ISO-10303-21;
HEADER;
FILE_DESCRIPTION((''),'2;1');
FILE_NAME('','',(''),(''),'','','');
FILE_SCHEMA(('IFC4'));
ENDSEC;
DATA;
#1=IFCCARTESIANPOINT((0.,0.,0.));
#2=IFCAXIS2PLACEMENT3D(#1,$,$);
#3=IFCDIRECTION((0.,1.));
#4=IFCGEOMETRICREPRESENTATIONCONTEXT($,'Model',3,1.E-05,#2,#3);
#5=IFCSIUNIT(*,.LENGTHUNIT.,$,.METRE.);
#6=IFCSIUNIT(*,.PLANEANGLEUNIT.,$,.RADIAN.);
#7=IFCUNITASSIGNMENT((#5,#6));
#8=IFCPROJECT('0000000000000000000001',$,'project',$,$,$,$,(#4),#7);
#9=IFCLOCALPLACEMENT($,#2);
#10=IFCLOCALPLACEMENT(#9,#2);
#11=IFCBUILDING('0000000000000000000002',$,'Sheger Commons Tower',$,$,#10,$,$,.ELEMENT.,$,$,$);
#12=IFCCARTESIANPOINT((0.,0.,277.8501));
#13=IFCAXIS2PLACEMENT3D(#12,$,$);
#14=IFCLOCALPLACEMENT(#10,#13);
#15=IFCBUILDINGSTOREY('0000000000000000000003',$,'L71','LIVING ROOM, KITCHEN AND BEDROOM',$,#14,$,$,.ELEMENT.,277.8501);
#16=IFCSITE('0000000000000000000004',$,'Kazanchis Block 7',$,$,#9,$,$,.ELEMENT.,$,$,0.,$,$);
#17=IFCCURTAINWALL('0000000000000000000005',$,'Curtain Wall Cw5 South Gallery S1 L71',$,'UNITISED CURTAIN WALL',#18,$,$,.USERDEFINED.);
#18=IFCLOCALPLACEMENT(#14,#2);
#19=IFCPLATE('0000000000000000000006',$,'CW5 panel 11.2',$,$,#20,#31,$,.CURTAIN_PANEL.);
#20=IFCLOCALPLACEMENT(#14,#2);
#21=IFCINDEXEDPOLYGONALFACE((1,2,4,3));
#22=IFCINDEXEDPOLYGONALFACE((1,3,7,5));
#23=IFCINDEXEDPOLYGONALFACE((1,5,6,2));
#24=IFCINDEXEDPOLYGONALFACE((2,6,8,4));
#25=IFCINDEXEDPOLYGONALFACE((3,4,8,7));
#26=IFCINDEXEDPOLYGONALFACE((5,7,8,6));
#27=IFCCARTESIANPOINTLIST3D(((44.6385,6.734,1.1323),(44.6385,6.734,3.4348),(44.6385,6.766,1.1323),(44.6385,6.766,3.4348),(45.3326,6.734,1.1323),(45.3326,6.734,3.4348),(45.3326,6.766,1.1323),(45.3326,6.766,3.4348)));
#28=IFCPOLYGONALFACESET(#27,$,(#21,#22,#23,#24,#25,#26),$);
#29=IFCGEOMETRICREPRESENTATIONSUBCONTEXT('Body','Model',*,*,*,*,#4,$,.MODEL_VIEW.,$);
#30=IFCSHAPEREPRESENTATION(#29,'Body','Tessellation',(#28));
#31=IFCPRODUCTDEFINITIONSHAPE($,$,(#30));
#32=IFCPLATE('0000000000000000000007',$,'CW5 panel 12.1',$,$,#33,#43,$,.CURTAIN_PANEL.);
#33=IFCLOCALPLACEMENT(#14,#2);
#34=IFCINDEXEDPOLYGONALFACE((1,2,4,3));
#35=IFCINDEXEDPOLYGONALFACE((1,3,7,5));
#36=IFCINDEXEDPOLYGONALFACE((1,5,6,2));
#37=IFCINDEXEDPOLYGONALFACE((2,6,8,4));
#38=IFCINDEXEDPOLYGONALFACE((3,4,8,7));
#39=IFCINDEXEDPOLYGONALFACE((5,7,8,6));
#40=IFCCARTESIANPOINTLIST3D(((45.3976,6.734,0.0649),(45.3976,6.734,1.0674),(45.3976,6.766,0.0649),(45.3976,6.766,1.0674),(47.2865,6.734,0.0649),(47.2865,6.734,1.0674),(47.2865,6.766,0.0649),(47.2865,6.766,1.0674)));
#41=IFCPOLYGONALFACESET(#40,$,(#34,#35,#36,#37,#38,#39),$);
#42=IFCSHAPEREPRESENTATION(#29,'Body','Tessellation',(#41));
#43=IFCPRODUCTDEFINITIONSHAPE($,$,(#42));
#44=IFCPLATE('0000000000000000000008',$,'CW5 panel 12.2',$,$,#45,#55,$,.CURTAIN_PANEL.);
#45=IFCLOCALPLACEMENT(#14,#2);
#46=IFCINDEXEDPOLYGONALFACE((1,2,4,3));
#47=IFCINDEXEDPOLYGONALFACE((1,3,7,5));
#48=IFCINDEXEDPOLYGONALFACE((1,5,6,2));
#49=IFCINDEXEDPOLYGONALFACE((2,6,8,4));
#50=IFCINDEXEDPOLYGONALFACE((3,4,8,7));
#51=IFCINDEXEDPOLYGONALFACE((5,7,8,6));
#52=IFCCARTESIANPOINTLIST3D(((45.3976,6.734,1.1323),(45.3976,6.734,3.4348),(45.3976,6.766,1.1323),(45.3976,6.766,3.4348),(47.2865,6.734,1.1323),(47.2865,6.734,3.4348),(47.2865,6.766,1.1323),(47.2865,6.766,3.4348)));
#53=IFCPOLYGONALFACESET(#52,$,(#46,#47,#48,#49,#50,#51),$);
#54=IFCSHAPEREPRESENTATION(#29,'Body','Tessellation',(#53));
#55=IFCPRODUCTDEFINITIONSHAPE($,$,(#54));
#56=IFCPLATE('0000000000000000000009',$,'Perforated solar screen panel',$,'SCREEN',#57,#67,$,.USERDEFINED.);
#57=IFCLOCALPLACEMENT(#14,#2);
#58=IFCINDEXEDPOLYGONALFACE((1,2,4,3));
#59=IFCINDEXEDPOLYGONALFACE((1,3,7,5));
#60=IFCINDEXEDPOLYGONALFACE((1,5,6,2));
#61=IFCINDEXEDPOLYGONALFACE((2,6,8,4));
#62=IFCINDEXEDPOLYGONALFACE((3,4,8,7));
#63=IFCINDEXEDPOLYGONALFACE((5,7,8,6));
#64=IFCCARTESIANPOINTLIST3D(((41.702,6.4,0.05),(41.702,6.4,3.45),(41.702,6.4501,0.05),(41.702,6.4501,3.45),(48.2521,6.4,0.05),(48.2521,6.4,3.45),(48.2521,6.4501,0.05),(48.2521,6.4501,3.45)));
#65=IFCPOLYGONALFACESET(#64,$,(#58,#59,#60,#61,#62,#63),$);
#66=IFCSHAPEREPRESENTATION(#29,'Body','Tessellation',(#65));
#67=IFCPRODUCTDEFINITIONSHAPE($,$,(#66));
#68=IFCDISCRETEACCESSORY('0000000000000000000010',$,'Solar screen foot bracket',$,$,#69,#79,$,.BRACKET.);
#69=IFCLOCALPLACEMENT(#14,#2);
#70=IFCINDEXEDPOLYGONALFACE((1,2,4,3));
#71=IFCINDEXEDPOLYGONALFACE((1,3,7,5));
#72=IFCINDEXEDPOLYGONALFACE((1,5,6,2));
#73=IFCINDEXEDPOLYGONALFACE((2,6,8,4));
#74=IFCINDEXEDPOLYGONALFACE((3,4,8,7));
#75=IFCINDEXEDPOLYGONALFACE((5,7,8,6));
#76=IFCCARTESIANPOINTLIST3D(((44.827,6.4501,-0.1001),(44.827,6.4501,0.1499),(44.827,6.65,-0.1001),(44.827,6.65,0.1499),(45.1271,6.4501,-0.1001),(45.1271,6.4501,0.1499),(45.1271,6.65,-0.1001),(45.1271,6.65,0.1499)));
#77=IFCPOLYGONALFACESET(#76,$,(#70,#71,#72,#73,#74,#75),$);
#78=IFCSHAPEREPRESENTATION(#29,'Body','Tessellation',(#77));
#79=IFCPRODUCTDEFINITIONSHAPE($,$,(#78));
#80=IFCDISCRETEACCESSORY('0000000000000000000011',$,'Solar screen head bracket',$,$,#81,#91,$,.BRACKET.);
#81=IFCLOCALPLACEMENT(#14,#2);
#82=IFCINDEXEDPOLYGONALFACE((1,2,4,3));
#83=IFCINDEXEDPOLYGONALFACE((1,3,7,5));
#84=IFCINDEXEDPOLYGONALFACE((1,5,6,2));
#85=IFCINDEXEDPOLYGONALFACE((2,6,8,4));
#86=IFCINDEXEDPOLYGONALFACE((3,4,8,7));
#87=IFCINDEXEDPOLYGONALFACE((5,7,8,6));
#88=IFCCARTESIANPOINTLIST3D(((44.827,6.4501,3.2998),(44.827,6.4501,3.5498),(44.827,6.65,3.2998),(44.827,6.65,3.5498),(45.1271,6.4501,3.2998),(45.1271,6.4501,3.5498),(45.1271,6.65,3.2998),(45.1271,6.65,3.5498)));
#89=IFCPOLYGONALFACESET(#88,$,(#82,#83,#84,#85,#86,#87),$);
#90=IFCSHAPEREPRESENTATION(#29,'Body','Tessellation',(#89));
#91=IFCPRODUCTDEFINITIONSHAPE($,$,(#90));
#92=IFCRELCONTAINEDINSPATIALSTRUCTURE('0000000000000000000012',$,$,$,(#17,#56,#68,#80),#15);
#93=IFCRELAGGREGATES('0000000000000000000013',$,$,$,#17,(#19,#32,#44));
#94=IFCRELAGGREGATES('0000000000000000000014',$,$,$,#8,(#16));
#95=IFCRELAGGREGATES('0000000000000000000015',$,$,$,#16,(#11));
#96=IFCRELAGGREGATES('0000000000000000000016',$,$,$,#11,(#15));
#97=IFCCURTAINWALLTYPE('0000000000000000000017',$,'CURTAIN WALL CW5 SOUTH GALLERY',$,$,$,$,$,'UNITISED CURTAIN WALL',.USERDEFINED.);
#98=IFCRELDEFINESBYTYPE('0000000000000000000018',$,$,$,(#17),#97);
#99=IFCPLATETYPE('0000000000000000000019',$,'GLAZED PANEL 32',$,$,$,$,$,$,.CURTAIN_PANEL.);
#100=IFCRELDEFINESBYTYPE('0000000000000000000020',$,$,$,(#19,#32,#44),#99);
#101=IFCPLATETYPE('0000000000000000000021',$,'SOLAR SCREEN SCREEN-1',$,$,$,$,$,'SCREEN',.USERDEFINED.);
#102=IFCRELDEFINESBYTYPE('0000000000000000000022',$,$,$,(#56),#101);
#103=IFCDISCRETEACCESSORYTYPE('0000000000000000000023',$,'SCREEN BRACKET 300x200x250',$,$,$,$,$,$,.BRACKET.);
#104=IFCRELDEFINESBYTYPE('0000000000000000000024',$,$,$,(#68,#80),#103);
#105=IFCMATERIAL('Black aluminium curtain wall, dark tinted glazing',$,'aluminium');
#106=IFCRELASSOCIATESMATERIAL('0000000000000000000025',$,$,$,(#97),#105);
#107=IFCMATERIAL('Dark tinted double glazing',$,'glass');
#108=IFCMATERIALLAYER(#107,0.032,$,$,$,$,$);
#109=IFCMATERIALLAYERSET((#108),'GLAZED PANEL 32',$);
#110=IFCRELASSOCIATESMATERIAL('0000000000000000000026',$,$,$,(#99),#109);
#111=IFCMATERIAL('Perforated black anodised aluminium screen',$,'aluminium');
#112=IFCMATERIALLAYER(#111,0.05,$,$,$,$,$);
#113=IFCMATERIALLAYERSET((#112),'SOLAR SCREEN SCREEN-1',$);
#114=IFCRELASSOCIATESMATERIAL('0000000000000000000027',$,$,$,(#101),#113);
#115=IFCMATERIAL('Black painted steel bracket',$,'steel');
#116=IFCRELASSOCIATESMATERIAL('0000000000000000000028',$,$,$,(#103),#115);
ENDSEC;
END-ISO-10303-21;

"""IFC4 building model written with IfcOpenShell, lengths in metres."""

from ifc_helpers import new_model, si_unit, direction, frame, origin, origin_2d, place, context, subcontext, project, spatial, rectangle, extrude, material, layer, layer_set, type_object, element, aggregate, save


model = new_model("IFC4")

# Units and contexts
model_context = context("Model", 3, precision=1e-05, world=origin(), true_north=direction((0.0, 1.0)))
body_context = subcontext(model_context, "Body", "Model", "MODEL_VIEW")
ifc_project = project(units=[si_unit("LENGTHUNIT", "METRE"), si_unit("PLANEANGLEUNIT", "RADIAN")], contexts=[model_context])

# Site, building, storey
site_placement = place(None, origin())
site = spatial("IfcSite", under=ifc_project, at=site_placement, Name="Kazanchis Block 7", CompositionType="ELEMENT", RefElevation=0.0)
building_placement = place(site_placement, origin())
building = spatial("IfcBuilding", under=site, at=building_placement, Name="Sheger Commons Tower", CompositionType="ELEMENT")
storey_placement = place(building_placement, frame((0.0, 0.0, 277.8501)))
storey = spatial("IfcBuildingStorey", under=building, at=storey_placement, Name="L71", Description="LIVING ROOM, KITCHEN AND BEDROOM", CompositionType="ELEMENT", Elevation=277.8501)

# Curtain wall, plates
ifc_material_1 = material(Name="Black aluminium curtain wall, dark tinted glazing", Category="aluminium")
curtain_wall_type = type_object("IfcCurtainWallType", Name="CURTAIN WALL CW5 SOUTH GALLERY", ElementType="UNITISED CURTAIN WALL", PredefinedType="USERDEFINED", material=ifc_material_1)
curtain_wall_placement = place(storey_placement, origin())
curtain_wall = element("IfcCurtainWall", 1, at=curtain_wall_placement, inside=storey, type_object=curtain_wall_type, Name="Curtain Wall Cw5 South Gallery S1 L71", ObjectType="UNITISED CURTAIN WALL", PredefinedType="USERDEFINED")
ifc_material_2 = material(Name="Dark tinted double glazing", Category="glass")
ifc_layer_1 = layer(ifc_material_2, 0.032)
ifc_layer_set_1 = layer_set([ifc_layer_1], Name="GLAZED PANEL 32")
plate_type_1 = type_object("IfcPlateType", Name="GLAZED PANEL 32", PredefinedType="CURTAIN_PANEL", material=ifc_layer_set_1)
plate_1_placement = place(storey_placement, frame((44.9856, 6.75, 1.1323), z_axis=(0.0, 0.0, 1.0), x_axis=(1.0, 0.0, 0.0)))
plate_1 = element("IfcPlate", 2, at=plate_1_placement, type_object=plate_type_1, Name="CW5 panel 11.2", PredefinedType="CURTAIN_PANEL", context=body_context, shape_type="SweptSolid", body=[
    extrude(rectangle(XDim=0.6941, YDim=0.032, at=origin_2d()), origin(), (0.0, 0.0, 1.0), 2.3025),
])
plate_2_placement = place(storey_placement, frame((46.342, 6.75, 0.0649), z_axis=(0.0, 0.0, 1.0), x_axis=(1.0, 0.0, 0.0)))
plate_2 = element("IfcPlate", 3, at=plate_2_placement, type_object=plate_type_1, Name="CW5 panel 12.1", PredefinedType="CURTAIN_PANEL", context=body_context, shape_type="SweptSolid", body=[
    extrude(rectangle(XDim=1.8889, YDim=0.032, at=origin_2d()), origin(), (0.0, 0.0, 1.0), 1.0024),
])
plate_3_placement = place(storey_placement, frame((46.342, 6.75, 1.1323), z_axis=(0.0, 0.0, 1.0), x_axis=(1.0, 0.0, 0.0)))
plate_3 = element("IfcPlate", 4, at=plate_3_placement, type_object=plate_type_1, Name="CW5 panel 12.2", PredefinedType="CURTAIN_PANEL", context=body_context, shape_type="SweptSolid", body=[
    extrude(rectangle(XDim=1.8889, YDim=0.032, at=origin_2d()), origin(), (0.0, 0.0, 1.0), 2.3025),
])
aggregate(curtain_wall, [plate_1, plate_2, plate_3])

# Plate
ifc_material_3 = material(Name="Perforated black anodised aluminium screen", Category="aluminium")
ifc_layer_2 = layer(ifc_material_3, 0.05)
ifc_layer_set_2 = layer_set([ifc_layer_2], Name="SOLAR SCREEN SCREEN-1")
plate_type_2 = type_object("IfcPlateType", Name="SOLAR SCREEN SCREEN-1", ElementType="SCREEN", PredefinedType="USERDEFINED", material=ifc_layer_set_2)
plate_4_placement = place(storey_placement, frame((44.9771, 6.425, 0.05), z_axis=(0.0, 0.0, 1.0), x_axis=(1.0, 0.0, 0.0)))
element("IfcPlate", 5, at=plate_4_placement, inside=storey, type_object=plate_type_2, Name="Perforated solar screen panel", ObjectType="SCREEN", PredefinedType="USERDEFINED", context=body_context, shape_type="SweptSolid", body=[
    extrude(rectangle(XDim=6.55, YDim=0.05, at=origin_2d()), origin(), (0.0, 0.0, 1.0), 3.3999),
])

# Discrete accessories
ifc_material_4 = material(Name="Black painted steel bracket", Category="steel")
discrete_accessory_type = type_object("IfcDiscreteAccessoryType", Name="SCREEN BRACKET 300x200x250", PredefinedType="BRACKET", material=ifc_material_4)
for number, where, z_axis, x_axis, name in (
    (6, (44.9771, 6.55, -0.1001), (0.0, 0.0, 1.0), (1.0, 0.0, 0.0), "Solar screen foot bracket"),
    (7, (44.9771, 6.55, 3.2998), (0.0, 0.0, 1.0), (1.0, 0.0, 0.0), "Solar screen head bracket"),
):
    element("IfcDiscreteAccessory", number, at=place(storey_placement, frame(where, z_axis=z_axis, x_axis=x_axis)), inside=storey, type_object=discrete_accessory_type, Name=name, PredefinedType="BRACKET", context=body_context, shape_type="SweptSolid", body=[
        extrude(rectangle(XDim=0.3, YDim=0.2, at=origin_2d()), origin(), (0.0, 0.0, 1.0), 0.25),
    ])

save(model, "model.ifc")
